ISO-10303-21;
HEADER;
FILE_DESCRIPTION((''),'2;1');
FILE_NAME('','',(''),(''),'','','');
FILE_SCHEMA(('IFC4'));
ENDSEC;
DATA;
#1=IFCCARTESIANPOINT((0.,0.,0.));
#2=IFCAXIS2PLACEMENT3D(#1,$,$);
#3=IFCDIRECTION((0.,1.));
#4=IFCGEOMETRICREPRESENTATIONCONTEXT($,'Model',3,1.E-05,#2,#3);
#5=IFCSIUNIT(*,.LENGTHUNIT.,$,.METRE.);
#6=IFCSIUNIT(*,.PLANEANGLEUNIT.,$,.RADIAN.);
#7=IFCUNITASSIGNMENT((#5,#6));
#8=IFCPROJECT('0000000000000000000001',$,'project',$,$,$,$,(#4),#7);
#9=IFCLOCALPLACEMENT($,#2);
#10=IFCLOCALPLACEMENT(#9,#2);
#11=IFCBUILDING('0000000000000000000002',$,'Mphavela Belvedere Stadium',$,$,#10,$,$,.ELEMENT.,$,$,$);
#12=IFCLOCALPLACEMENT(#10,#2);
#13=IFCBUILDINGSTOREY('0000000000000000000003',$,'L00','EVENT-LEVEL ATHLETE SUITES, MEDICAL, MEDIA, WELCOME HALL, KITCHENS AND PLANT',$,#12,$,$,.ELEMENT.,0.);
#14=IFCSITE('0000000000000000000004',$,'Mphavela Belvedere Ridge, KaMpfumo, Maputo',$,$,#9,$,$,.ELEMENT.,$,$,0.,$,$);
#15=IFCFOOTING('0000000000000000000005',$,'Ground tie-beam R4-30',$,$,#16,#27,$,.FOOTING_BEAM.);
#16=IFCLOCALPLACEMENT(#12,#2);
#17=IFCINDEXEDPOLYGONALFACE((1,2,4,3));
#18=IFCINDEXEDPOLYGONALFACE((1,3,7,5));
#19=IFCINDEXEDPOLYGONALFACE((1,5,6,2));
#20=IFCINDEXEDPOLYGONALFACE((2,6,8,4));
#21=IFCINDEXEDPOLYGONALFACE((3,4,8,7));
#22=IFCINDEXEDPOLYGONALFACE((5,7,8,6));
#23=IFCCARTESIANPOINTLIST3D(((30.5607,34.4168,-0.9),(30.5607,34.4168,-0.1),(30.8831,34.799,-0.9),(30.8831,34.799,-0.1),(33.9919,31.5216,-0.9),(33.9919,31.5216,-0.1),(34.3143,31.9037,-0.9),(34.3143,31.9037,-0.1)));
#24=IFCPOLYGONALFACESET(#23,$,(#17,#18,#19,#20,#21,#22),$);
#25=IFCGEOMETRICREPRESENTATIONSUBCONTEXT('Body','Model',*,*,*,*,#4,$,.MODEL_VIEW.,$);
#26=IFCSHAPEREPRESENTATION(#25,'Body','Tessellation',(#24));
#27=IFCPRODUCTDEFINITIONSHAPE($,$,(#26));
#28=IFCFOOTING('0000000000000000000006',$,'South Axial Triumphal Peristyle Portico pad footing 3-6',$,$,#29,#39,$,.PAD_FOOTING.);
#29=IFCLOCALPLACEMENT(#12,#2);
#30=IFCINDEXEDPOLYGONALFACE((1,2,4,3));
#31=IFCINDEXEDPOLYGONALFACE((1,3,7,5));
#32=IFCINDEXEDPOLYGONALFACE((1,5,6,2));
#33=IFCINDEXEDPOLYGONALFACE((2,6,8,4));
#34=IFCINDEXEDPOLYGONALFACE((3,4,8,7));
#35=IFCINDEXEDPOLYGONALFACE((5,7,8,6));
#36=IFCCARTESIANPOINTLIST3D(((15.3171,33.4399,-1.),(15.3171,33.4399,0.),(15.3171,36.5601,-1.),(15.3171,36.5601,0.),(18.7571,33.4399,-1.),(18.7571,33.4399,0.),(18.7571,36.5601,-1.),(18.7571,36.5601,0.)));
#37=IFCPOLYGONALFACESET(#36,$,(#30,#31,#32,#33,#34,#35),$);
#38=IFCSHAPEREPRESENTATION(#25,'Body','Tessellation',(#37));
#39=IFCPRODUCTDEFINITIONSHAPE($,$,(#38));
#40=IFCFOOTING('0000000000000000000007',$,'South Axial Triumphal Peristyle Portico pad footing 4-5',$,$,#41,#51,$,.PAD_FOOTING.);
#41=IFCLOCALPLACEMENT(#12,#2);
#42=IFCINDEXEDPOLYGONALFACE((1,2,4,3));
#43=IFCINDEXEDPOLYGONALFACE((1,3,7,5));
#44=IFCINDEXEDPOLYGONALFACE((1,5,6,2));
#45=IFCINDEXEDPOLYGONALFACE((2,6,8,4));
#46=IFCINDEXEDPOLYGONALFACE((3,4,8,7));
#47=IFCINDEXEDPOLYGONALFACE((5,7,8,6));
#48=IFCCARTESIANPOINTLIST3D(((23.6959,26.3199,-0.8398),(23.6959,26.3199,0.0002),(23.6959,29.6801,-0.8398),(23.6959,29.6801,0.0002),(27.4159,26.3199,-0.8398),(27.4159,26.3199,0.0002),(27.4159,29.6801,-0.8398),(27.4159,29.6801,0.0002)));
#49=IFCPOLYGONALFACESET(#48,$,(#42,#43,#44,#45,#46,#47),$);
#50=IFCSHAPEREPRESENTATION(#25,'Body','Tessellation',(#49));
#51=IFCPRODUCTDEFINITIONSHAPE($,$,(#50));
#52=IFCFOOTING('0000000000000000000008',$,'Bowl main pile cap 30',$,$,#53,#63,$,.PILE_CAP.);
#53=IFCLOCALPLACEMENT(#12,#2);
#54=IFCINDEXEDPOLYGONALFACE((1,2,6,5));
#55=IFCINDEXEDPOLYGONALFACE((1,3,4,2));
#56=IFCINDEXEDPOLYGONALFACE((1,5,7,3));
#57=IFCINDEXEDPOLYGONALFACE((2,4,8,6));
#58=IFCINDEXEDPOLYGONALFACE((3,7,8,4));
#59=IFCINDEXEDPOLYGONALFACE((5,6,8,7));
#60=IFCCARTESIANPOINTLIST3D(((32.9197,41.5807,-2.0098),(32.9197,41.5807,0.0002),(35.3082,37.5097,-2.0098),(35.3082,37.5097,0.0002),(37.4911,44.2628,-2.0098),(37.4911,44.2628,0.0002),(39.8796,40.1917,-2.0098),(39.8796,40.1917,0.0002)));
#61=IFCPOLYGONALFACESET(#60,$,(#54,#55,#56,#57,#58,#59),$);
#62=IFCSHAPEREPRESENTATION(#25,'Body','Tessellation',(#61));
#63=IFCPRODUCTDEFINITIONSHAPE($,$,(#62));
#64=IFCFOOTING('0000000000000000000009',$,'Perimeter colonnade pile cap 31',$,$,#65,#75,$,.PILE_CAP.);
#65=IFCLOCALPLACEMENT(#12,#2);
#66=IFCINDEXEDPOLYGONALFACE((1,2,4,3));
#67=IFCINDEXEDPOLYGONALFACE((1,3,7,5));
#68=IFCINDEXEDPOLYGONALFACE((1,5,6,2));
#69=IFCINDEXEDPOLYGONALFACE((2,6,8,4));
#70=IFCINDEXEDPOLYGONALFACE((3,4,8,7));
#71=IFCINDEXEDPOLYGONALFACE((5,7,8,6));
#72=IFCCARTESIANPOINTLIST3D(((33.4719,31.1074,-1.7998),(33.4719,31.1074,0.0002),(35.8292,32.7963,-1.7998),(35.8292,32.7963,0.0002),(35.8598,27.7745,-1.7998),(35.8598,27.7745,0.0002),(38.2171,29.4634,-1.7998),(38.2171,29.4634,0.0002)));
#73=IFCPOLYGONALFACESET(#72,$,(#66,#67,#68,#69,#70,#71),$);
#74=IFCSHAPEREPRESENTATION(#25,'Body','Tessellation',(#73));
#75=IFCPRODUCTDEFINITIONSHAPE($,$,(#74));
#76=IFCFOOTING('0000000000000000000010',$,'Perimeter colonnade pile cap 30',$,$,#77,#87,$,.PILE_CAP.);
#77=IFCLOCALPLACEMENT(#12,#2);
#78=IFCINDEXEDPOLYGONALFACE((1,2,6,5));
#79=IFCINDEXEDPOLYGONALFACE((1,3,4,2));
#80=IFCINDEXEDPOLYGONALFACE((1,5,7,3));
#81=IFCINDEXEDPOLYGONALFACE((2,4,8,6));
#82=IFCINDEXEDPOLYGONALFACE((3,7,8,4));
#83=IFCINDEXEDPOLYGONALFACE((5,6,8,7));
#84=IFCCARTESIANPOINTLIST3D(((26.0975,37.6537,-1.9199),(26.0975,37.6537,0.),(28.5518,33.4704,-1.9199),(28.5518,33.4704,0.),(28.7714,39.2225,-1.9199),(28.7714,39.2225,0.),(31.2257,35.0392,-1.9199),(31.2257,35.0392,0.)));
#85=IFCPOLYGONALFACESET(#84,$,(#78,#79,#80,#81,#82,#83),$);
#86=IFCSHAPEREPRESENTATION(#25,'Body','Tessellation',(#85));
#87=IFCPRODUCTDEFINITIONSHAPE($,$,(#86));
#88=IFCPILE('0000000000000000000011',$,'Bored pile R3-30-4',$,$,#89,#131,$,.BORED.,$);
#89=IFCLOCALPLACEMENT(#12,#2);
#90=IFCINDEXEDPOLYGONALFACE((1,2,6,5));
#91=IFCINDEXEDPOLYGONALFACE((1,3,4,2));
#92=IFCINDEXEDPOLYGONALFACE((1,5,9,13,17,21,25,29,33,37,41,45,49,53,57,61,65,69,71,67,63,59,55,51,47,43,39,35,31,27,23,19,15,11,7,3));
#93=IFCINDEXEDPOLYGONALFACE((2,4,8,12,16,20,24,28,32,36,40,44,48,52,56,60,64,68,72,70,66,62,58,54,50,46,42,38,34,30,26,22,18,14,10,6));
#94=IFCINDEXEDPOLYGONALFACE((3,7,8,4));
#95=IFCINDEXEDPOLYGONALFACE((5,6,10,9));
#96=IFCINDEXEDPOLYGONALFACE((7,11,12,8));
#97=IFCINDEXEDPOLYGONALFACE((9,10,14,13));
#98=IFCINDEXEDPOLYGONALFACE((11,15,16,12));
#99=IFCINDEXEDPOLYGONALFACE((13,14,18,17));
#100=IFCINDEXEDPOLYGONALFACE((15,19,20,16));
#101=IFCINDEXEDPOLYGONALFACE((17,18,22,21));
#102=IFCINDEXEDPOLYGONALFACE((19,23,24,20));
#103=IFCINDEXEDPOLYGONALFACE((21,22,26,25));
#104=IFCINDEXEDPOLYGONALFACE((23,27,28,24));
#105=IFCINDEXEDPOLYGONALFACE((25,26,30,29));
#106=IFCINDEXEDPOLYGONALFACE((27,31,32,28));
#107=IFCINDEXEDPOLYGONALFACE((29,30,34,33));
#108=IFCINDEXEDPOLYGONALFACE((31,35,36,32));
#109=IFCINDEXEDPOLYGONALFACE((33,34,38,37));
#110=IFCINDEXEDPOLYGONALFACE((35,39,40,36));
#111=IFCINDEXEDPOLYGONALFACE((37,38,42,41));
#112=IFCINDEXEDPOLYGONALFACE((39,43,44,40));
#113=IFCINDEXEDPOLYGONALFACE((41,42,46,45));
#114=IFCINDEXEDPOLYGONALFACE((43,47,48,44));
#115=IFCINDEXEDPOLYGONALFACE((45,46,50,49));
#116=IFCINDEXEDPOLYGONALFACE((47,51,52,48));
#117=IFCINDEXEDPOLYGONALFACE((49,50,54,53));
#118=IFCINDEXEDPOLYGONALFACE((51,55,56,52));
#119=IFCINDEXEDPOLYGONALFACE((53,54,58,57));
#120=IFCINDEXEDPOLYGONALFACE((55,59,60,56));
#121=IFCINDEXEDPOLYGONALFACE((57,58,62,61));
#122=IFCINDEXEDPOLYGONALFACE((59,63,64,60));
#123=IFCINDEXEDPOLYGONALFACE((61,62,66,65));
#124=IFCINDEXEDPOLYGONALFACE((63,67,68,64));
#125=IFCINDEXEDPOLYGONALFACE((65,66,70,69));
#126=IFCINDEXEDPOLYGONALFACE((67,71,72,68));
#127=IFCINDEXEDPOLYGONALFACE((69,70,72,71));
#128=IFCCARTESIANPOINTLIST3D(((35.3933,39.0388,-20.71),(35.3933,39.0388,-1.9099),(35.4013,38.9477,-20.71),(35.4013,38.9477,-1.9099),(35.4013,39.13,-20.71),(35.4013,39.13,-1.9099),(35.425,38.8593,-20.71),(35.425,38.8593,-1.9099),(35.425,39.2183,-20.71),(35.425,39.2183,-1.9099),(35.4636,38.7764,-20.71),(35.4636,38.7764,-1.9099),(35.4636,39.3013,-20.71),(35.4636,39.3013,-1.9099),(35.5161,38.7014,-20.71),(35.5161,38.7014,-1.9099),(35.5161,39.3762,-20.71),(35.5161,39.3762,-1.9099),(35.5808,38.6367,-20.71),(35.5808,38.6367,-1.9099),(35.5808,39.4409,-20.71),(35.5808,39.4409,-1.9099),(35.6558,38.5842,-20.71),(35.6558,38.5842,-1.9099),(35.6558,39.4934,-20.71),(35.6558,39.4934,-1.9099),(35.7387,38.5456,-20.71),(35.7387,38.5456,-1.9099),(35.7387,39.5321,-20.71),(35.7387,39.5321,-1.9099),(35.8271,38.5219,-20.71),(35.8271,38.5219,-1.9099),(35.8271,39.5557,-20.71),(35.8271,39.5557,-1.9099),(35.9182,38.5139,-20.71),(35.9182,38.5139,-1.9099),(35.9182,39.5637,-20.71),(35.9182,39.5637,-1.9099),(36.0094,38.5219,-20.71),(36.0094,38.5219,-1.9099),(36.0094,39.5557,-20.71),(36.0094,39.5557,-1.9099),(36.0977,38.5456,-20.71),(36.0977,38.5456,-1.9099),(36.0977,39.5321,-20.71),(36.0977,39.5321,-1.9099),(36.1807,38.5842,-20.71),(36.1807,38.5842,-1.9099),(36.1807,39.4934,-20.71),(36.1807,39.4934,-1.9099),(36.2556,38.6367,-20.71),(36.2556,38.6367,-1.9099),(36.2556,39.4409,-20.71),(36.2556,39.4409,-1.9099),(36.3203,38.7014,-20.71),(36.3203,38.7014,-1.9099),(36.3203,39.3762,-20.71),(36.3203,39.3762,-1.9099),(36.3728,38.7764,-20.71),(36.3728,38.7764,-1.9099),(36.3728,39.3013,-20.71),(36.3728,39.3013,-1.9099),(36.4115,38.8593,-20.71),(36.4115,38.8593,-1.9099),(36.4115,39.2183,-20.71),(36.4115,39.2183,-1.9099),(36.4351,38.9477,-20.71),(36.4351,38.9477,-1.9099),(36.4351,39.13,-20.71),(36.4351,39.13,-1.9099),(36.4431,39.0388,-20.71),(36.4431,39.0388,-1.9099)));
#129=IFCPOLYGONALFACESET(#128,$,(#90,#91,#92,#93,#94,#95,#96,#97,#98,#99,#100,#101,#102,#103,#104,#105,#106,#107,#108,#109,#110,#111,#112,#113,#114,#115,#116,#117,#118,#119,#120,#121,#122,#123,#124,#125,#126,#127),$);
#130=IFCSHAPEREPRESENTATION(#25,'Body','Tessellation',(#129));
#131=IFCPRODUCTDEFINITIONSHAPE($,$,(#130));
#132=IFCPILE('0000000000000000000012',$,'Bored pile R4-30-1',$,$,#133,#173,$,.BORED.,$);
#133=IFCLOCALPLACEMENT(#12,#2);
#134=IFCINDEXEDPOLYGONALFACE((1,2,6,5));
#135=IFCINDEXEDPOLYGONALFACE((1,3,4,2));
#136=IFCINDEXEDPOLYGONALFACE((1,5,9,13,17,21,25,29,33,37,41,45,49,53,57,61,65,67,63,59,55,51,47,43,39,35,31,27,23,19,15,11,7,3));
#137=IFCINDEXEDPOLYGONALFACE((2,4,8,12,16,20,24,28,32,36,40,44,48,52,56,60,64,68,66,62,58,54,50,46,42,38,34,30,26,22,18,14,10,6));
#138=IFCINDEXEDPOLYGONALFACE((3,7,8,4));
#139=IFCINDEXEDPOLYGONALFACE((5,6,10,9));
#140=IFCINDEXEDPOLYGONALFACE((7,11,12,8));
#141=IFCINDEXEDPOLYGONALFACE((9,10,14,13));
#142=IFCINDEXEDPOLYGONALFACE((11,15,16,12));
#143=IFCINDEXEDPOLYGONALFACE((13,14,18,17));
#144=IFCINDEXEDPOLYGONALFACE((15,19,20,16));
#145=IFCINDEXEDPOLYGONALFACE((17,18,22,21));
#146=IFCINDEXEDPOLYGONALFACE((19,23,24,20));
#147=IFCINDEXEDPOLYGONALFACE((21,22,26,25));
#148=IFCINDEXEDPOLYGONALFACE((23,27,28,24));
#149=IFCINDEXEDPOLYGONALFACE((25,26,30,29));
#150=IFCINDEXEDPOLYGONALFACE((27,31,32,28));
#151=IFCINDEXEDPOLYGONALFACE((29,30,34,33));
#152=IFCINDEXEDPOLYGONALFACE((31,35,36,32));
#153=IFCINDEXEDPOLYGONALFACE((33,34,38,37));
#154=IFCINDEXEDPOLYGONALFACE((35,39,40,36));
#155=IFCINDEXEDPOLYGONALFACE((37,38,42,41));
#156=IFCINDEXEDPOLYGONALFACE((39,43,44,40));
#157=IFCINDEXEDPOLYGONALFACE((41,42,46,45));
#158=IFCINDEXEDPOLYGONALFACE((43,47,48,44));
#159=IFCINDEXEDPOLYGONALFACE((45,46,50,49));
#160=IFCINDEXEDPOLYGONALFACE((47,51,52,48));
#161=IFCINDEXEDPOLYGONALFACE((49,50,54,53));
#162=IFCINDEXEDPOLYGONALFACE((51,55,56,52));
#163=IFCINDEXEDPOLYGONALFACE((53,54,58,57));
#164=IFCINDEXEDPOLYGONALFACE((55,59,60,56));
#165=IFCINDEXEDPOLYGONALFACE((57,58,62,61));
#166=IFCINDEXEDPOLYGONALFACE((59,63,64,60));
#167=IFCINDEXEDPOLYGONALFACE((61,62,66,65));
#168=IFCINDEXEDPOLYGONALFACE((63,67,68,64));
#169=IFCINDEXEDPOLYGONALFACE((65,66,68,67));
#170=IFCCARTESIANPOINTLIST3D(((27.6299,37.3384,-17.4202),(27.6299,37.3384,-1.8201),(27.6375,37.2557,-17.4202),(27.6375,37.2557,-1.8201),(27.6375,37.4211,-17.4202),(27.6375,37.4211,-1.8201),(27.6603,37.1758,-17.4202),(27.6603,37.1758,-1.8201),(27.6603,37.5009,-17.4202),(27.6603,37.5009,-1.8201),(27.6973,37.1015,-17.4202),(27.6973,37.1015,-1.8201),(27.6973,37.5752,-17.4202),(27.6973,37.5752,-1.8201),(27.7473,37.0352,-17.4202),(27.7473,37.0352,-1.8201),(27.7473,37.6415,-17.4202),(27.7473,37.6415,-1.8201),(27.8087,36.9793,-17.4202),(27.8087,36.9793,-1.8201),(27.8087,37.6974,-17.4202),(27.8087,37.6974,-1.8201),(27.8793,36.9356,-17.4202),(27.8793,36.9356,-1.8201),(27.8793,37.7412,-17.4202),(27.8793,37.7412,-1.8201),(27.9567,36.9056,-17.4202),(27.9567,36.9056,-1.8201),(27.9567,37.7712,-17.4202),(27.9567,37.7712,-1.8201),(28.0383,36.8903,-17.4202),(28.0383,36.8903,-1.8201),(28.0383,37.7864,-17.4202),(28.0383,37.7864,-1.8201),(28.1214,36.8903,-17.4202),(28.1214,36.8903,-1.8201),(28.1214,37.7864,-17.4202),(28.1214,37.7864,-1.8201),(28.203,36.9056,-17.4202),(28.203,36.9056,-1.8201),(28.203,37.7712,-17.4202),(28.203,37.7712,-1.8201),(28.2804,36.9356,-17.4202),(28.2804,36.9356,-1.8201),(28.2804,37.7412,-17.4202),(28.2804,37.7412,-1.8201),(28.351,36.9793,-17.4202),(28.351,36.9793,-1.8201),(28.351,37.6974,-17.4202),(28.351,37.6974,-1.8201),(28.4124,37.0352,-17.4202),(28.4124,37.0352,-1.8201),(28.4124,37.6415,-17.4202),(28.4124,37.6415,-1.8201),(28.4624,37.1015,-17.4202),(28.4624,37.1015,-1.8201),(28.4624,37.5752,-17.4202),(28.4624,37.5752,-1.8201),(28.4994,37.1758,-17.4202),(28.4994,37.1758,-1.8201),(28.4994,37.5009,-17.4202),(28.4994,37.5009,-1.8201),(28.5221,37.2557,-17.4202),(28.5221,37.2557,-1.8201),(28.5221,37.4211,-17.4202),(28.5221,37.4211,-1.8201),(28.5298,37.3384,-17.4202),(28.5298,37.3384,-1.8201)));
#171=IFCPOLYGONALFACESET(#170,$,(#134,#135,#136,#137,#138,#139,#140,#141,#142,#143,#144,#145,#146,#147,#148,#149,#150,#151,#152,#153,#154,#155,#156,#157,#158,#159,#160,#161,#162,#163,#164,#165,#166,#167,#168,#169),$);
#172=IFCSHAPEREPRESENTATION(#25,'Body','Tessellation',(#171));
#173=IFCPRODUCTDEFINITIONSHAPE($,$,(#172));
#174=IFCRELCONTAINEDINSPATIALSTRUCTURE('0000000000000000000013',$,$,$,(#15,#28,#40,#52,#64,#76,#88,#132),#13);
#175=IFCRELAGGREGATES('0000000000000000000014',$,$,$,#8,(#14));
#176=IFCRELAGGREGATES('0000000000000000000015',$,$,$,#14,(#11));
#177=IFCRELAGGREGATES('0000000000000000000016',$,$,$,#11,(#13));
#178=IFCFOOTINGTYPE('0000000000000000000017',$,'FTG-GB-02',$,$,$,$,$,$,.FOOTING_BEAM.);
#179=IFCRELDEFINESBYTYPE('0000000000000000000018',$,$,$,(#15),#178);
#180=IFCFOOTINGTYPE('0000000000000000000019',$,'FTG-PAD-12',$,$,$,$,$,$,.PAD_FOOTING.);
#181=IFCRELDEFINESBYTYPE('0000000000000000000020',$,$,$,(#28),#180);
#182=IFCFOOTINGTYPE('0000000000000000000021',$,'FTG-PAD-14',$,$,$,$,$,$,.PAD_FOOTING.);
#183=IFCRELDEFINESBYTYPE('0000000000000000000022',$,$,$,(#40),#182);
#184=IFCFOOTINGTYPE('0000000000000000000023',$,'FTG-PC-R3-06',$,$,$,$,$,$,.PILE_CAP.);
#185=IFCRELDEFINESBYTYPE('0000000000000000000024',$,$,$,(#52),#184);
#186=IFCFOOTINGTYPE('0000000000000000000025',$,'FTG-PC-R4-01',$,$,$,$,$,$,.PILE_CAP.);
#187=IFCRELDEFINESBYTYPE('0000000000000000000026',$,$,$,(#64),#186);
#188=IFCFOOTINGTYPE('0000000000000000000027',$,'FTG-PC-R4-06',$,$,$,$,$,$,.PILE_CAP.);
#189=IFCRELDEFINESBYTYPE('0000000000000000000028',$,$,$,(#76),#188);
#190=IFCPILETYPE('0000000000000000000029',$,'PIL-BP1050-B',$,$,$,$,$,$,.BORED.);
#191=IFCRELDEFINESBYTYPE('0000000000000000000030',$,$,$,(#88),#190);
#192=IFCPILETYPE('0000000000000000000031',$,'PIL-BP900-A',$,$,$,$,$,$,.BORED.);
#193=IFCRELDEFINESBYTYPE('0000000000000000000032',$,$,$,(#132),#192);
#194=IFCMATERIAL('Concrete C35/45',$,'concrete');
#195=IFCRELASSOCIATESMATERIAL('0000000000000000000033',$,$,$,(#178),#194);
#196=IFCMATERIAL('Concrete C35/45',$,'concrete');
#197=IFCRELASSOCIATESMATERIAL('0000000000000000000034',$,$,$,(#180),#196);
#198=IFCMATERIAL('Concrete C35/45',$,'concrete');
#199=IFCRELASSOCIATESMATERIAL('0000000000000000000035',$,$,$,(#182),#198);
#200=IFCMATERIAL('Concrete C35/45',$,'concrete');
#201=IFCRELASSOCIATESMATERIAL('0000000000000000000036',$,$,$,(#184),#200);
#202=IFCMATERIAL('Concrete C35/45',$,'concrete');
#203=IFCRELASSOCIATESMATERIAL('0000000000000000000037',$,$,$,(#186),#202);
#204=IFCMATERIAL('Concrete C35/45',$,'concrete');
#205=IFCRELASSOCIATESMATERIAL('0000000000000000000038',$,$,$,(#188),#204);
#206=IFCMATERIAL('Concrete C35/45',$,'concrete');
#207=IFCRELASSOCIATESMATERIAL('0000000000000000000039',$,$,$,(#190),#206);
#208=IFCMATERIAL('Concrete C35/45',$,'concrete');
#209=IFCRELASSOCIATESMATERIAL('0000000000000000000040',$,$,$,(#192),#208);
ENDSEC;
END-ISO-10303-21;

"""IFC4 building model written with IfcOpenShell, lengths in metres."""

from ifc_helpers import new_model, si_unit, direction, frame, origin, origin_2d, place, context, subcontext, project, spatial, rectangle, circle, extrude, material, material_profile, profile_set, type_object, element, save


model = new_model("IFC4")

# Units and contexts
model_context = context("Model", 3, precision=1e-05, world=origin(), true_north=direction((0.0, 1.0)))
body_context = subcontext(model_context, "Body", "Model", "MODEL_VIEW")
ifc_project = project(units=[si_unit("LENGTHUNIT", "METRE"), si_unit("PLANEANGLEUNIT", "RADIAN")], contexts=[model_context])

# Site, building, storey
site_placement = place(None, origin())
site = spatial("IfcSite", under=ifc_project, at=site_placement, Name="Mphavela Belvedere Ridge, KaMpfumo, Maputo", CompositionType="ELEMENT", RefElevation=0.0)
building_placement = place(site_placement, origin())
building = spatial("IfcBuilding", under=site, at=building_placement, Name="Mphavela Belvedere Stadium", CompositionType="ELEMENT")
storey_placement = place(building_placement, origin())
storey = spatial("IfcBuildingStorey", under=building, at=storey_placement, Name="L00", Description="EVENT-LEVEL ATHLETE SUITES, MEDICAL, MEDIA, WELCOME HALL, KITCHENS AND PLANT", CompositionType="ELEMENT", Elevation=0.0)

# Footings
ifc_material_1 = material(Name="Concrete C35/45", Category="concrete")
ifc_material_profile_1 = material_profile(ifc_material_1, rectangle(XDim=0.5, YDim=0.8, at=origin_2d()), Name="GB 500x800")
ifc_profile_set_1 = profile_set([ifc_material_profile_1], Name="Concrete C35/45")
footing_type_1 = type_object("IfcFootingType", Name="FTG-GB-02", PredefinedType="FOOTING_BEAM", material=ifc_profile_set_1)
footing_1_placement = place(storey_placement, frame((30.7219, 34.6079, -0.5), z_axis=(0.764266, -0.644901, 0.0), x_axis=(0.644901, 0.764266, 0.0)))
element("IfcFooting", 1, at=footing_1_placement, inside=storey, type_object=footing_type_1, Name="Ground tie-beam R4-30", PredefinedType="FOOTING_BEAM", context=body_context, shape_type="SweptSolid", body=[
    extrude(rectangle(XDim=0.5, YDim=0.8, at=origin_2d()), origin(), (0.0, 0.0, 1.0), 4.4895),
])
ifc_material_2 = material(Name="Concrete C35/45", Category="concrete")
footing_type_2 = type_object("IfcFootingType", Name="FTG-PAD-12", PredefinedType="PAD_FOOTING", material=ifc_material_2)
footing_2_placement = place(storey_placement, frame((17.0371, 35.0, -1.0), z_axis=(0.0, 0.0, 1.0), x_axis=(1.0, 0.0, 0.0)))
element("IfcFooting", 2, at=footing_2_placement, inside=storey, type_object=footing_type_2, Name="South Axial Triumphal Peristyle Portico pad footing 3-6", PredefinedType="PAD_FOOTING", context=body_context, shape_type="SweptSolid", body=[
    extrude(rectangle(XDim=3.4399, YDim=3.1201, at=origin_2d()), origin(), (0.0, 0.0, 1.0), 1.0),
])
ifc_material_3 = material(Name="Concrete C35/45", Category="concrete")
footing_type_3 = type_object("IfcFootingType", Name="FTG-PAD-14", PredefinedType="PAD_FOOTING", material=ifc_material_3)
footing_3_placement = place(storey_placement, frame((25.5559, 28.0, -0.8398), z_axis=(0.0, 0.0, 1.0), x_axis=(1.0, 0.0, 0.0)))
element("IfcFooting", 3, at=footing_3_placement, inside=storey, type_object=footing_type_3, Name="South Axial Triumphal Peristyle Portico pad footing 4-5", PredefinedType="PAD_FOOTING", context=body_context, shape_type="SweptSolid", body=[
    extrude(rectangle(XDim=3.72, YDim=3.3601, at=origin_2d()), origin(), (0.0, 0.0, 1.0), 0.8401),
])
ifc_material_4 = material(Name="Concrete C35/45", Category="concrete")
footing_type_4 = type_object("IfcFootingType", Name="FTG-PC-R3-06", PredefinedType="PILE_CAP", material=ifc_material_4)
footing_4_placement = place(storey_placement, frame((36.3997, 40.8862, -2.0098), z_axis=(0.0, 0.0, 1.0), x_axis=(-0.862514, -0.506034, 0.0)))
element("IfcFooting", 4, at=footing_4_placement, inside=storey, type_object=footing_type_4, Name="Bowl main pile cap 30", PredefinedType="PILE_CAP", context=body_context, shape_type="SweptSolid", body=[
    extrude(rectangle(XDim=5.3, YDim=4.72, at=origin_2d()), origin(), (0.0, 0.0, 1.0), 2.01),
])
ifc_material_5 = material(Name="Concrete C35/45", Category="concrete")
footing_type_5 = type_object("IfcFootingType", Name="FTG-PC-R4-01", PredefinedType="PILE_CAP", material=ifc_material_5)
footing_5_placement = place(storey_placement, frame((35.8445, 30.2854, -1.7998), z_axis=(0.0, 0.0, 1.0), x_axis=(0.582407, -0.812898, 0.0)))
element("IfcFooting", 5, at=footing_5_placement, inside=storey, type_object=footing_type_5, Name="Perimeter colonnade pile cap 31", PredefinedType="PILE_CAP", context=body_context, shape_type="SweptSolid", body=[
    extrude(rectangle(XDim=4.1001, YDim=2.8999, at=origin_2d()), origin(), (0.0, 0.0, 1.0), 1.8),
])
ifc_material_6 = material(Name="Concrete C35/45", Category="concrete")
footing_type_6 = type_object("IfcFootingType", Name="FTG-PC-R4-06", PredefinedType="PILE_CAP", material=ifc_material_6)
footing_6_placement = place(storey_placement, frame((28.6616, 36.3464, -1.9199), z_axis=(0.0, 0.0, 1.0), x_axis=(0.506034, -0.862514, 0.0)))
element("IfcFooting", 6, at=footing_6_placement, inside=storey, type_object=footing_type_6, Name="Perimeter colonnade pile cap 30", PredefinedType="PILE_CAP", context=body_context, shape_type="SweptSolid", body=[
    extrude(rectangle(XDim=4.8501, YDim=3.1001, at=origin_2d()), origin(), (0.0, 0.0, 1.0), 1.9199),
])

# Piles
ifc_material_7 = material(Name="Concrete C35/45", Category="concrete")
ifc_material_profile_2 = material_profile(ifc_material_7, circle(Radius=0.5249, at=origin_2d()), Name="BP D1050")
ifc_profile_set_2 = profile_set([ifc_material_profile_2], Name="Concrete C35/45")
pile_type_1 = type_object("IfcPileType", Name="PIL-BP1050-B", PredefinedType="BORED", material=ifc_profile_set_2)
pile_placement = place(storey_placement, frame((35.9182, 39.0388, -1.9099), z_axis=(0.0, 0.0, -1.0), x_axis=(1.0, 0.0, 0.0)))
element("IfcPile", 7, at=pile_placement, inside=storey, type_object=pile_type_1, Name="Bored pile R3-30-4", PredefinedType="BORED", context=body_context, shape_type="SweptSolid", body=[
    extrude(circle(Radius=0.5249, at=origin_2d()), origin(), (0.0, 0.0, 1.0), 18.8),
])
ifc_material_8 = material(Name="Concrete C35/45", Category="concrete")
ifc_material_profile_3 = material_profile(ifc_material_8, circle(Radius=0.45, at=origin_2d()), Name="BP D900")
ifc_profile_set_3 = profile_set([ifc_material_profile_3], Name="Concrete C35/45")
pile_type_2 = type_object("IfcPileType", Name="PIL-BP900-A", PredefinedType="BORED", material=ifc_profile_set_3)
for number, where, z_axis, x_axis, name in (
    (8, (28.0798, 37.3384, -1.8201), (0.0, 0.0, -1.0), (1.0, 0.0, 0.0), "Bored pile R4-30-1"),
):
    element("IfcPile", number, at=place(storey_placement, frame(where, z_axis=z_axis, x_axis=x_axis)), inside=storey, type_object=pile_type_2, Name=name, PredefinedType="BORED", context=body_context, shape_type="SweptSolid", body=[
        extrude(circle(Radius=0.45, at=origin_2d()), origin(), (0.0, 0.0, 1.0), 15.6001),
    ])

save(model, "model.ifc")
